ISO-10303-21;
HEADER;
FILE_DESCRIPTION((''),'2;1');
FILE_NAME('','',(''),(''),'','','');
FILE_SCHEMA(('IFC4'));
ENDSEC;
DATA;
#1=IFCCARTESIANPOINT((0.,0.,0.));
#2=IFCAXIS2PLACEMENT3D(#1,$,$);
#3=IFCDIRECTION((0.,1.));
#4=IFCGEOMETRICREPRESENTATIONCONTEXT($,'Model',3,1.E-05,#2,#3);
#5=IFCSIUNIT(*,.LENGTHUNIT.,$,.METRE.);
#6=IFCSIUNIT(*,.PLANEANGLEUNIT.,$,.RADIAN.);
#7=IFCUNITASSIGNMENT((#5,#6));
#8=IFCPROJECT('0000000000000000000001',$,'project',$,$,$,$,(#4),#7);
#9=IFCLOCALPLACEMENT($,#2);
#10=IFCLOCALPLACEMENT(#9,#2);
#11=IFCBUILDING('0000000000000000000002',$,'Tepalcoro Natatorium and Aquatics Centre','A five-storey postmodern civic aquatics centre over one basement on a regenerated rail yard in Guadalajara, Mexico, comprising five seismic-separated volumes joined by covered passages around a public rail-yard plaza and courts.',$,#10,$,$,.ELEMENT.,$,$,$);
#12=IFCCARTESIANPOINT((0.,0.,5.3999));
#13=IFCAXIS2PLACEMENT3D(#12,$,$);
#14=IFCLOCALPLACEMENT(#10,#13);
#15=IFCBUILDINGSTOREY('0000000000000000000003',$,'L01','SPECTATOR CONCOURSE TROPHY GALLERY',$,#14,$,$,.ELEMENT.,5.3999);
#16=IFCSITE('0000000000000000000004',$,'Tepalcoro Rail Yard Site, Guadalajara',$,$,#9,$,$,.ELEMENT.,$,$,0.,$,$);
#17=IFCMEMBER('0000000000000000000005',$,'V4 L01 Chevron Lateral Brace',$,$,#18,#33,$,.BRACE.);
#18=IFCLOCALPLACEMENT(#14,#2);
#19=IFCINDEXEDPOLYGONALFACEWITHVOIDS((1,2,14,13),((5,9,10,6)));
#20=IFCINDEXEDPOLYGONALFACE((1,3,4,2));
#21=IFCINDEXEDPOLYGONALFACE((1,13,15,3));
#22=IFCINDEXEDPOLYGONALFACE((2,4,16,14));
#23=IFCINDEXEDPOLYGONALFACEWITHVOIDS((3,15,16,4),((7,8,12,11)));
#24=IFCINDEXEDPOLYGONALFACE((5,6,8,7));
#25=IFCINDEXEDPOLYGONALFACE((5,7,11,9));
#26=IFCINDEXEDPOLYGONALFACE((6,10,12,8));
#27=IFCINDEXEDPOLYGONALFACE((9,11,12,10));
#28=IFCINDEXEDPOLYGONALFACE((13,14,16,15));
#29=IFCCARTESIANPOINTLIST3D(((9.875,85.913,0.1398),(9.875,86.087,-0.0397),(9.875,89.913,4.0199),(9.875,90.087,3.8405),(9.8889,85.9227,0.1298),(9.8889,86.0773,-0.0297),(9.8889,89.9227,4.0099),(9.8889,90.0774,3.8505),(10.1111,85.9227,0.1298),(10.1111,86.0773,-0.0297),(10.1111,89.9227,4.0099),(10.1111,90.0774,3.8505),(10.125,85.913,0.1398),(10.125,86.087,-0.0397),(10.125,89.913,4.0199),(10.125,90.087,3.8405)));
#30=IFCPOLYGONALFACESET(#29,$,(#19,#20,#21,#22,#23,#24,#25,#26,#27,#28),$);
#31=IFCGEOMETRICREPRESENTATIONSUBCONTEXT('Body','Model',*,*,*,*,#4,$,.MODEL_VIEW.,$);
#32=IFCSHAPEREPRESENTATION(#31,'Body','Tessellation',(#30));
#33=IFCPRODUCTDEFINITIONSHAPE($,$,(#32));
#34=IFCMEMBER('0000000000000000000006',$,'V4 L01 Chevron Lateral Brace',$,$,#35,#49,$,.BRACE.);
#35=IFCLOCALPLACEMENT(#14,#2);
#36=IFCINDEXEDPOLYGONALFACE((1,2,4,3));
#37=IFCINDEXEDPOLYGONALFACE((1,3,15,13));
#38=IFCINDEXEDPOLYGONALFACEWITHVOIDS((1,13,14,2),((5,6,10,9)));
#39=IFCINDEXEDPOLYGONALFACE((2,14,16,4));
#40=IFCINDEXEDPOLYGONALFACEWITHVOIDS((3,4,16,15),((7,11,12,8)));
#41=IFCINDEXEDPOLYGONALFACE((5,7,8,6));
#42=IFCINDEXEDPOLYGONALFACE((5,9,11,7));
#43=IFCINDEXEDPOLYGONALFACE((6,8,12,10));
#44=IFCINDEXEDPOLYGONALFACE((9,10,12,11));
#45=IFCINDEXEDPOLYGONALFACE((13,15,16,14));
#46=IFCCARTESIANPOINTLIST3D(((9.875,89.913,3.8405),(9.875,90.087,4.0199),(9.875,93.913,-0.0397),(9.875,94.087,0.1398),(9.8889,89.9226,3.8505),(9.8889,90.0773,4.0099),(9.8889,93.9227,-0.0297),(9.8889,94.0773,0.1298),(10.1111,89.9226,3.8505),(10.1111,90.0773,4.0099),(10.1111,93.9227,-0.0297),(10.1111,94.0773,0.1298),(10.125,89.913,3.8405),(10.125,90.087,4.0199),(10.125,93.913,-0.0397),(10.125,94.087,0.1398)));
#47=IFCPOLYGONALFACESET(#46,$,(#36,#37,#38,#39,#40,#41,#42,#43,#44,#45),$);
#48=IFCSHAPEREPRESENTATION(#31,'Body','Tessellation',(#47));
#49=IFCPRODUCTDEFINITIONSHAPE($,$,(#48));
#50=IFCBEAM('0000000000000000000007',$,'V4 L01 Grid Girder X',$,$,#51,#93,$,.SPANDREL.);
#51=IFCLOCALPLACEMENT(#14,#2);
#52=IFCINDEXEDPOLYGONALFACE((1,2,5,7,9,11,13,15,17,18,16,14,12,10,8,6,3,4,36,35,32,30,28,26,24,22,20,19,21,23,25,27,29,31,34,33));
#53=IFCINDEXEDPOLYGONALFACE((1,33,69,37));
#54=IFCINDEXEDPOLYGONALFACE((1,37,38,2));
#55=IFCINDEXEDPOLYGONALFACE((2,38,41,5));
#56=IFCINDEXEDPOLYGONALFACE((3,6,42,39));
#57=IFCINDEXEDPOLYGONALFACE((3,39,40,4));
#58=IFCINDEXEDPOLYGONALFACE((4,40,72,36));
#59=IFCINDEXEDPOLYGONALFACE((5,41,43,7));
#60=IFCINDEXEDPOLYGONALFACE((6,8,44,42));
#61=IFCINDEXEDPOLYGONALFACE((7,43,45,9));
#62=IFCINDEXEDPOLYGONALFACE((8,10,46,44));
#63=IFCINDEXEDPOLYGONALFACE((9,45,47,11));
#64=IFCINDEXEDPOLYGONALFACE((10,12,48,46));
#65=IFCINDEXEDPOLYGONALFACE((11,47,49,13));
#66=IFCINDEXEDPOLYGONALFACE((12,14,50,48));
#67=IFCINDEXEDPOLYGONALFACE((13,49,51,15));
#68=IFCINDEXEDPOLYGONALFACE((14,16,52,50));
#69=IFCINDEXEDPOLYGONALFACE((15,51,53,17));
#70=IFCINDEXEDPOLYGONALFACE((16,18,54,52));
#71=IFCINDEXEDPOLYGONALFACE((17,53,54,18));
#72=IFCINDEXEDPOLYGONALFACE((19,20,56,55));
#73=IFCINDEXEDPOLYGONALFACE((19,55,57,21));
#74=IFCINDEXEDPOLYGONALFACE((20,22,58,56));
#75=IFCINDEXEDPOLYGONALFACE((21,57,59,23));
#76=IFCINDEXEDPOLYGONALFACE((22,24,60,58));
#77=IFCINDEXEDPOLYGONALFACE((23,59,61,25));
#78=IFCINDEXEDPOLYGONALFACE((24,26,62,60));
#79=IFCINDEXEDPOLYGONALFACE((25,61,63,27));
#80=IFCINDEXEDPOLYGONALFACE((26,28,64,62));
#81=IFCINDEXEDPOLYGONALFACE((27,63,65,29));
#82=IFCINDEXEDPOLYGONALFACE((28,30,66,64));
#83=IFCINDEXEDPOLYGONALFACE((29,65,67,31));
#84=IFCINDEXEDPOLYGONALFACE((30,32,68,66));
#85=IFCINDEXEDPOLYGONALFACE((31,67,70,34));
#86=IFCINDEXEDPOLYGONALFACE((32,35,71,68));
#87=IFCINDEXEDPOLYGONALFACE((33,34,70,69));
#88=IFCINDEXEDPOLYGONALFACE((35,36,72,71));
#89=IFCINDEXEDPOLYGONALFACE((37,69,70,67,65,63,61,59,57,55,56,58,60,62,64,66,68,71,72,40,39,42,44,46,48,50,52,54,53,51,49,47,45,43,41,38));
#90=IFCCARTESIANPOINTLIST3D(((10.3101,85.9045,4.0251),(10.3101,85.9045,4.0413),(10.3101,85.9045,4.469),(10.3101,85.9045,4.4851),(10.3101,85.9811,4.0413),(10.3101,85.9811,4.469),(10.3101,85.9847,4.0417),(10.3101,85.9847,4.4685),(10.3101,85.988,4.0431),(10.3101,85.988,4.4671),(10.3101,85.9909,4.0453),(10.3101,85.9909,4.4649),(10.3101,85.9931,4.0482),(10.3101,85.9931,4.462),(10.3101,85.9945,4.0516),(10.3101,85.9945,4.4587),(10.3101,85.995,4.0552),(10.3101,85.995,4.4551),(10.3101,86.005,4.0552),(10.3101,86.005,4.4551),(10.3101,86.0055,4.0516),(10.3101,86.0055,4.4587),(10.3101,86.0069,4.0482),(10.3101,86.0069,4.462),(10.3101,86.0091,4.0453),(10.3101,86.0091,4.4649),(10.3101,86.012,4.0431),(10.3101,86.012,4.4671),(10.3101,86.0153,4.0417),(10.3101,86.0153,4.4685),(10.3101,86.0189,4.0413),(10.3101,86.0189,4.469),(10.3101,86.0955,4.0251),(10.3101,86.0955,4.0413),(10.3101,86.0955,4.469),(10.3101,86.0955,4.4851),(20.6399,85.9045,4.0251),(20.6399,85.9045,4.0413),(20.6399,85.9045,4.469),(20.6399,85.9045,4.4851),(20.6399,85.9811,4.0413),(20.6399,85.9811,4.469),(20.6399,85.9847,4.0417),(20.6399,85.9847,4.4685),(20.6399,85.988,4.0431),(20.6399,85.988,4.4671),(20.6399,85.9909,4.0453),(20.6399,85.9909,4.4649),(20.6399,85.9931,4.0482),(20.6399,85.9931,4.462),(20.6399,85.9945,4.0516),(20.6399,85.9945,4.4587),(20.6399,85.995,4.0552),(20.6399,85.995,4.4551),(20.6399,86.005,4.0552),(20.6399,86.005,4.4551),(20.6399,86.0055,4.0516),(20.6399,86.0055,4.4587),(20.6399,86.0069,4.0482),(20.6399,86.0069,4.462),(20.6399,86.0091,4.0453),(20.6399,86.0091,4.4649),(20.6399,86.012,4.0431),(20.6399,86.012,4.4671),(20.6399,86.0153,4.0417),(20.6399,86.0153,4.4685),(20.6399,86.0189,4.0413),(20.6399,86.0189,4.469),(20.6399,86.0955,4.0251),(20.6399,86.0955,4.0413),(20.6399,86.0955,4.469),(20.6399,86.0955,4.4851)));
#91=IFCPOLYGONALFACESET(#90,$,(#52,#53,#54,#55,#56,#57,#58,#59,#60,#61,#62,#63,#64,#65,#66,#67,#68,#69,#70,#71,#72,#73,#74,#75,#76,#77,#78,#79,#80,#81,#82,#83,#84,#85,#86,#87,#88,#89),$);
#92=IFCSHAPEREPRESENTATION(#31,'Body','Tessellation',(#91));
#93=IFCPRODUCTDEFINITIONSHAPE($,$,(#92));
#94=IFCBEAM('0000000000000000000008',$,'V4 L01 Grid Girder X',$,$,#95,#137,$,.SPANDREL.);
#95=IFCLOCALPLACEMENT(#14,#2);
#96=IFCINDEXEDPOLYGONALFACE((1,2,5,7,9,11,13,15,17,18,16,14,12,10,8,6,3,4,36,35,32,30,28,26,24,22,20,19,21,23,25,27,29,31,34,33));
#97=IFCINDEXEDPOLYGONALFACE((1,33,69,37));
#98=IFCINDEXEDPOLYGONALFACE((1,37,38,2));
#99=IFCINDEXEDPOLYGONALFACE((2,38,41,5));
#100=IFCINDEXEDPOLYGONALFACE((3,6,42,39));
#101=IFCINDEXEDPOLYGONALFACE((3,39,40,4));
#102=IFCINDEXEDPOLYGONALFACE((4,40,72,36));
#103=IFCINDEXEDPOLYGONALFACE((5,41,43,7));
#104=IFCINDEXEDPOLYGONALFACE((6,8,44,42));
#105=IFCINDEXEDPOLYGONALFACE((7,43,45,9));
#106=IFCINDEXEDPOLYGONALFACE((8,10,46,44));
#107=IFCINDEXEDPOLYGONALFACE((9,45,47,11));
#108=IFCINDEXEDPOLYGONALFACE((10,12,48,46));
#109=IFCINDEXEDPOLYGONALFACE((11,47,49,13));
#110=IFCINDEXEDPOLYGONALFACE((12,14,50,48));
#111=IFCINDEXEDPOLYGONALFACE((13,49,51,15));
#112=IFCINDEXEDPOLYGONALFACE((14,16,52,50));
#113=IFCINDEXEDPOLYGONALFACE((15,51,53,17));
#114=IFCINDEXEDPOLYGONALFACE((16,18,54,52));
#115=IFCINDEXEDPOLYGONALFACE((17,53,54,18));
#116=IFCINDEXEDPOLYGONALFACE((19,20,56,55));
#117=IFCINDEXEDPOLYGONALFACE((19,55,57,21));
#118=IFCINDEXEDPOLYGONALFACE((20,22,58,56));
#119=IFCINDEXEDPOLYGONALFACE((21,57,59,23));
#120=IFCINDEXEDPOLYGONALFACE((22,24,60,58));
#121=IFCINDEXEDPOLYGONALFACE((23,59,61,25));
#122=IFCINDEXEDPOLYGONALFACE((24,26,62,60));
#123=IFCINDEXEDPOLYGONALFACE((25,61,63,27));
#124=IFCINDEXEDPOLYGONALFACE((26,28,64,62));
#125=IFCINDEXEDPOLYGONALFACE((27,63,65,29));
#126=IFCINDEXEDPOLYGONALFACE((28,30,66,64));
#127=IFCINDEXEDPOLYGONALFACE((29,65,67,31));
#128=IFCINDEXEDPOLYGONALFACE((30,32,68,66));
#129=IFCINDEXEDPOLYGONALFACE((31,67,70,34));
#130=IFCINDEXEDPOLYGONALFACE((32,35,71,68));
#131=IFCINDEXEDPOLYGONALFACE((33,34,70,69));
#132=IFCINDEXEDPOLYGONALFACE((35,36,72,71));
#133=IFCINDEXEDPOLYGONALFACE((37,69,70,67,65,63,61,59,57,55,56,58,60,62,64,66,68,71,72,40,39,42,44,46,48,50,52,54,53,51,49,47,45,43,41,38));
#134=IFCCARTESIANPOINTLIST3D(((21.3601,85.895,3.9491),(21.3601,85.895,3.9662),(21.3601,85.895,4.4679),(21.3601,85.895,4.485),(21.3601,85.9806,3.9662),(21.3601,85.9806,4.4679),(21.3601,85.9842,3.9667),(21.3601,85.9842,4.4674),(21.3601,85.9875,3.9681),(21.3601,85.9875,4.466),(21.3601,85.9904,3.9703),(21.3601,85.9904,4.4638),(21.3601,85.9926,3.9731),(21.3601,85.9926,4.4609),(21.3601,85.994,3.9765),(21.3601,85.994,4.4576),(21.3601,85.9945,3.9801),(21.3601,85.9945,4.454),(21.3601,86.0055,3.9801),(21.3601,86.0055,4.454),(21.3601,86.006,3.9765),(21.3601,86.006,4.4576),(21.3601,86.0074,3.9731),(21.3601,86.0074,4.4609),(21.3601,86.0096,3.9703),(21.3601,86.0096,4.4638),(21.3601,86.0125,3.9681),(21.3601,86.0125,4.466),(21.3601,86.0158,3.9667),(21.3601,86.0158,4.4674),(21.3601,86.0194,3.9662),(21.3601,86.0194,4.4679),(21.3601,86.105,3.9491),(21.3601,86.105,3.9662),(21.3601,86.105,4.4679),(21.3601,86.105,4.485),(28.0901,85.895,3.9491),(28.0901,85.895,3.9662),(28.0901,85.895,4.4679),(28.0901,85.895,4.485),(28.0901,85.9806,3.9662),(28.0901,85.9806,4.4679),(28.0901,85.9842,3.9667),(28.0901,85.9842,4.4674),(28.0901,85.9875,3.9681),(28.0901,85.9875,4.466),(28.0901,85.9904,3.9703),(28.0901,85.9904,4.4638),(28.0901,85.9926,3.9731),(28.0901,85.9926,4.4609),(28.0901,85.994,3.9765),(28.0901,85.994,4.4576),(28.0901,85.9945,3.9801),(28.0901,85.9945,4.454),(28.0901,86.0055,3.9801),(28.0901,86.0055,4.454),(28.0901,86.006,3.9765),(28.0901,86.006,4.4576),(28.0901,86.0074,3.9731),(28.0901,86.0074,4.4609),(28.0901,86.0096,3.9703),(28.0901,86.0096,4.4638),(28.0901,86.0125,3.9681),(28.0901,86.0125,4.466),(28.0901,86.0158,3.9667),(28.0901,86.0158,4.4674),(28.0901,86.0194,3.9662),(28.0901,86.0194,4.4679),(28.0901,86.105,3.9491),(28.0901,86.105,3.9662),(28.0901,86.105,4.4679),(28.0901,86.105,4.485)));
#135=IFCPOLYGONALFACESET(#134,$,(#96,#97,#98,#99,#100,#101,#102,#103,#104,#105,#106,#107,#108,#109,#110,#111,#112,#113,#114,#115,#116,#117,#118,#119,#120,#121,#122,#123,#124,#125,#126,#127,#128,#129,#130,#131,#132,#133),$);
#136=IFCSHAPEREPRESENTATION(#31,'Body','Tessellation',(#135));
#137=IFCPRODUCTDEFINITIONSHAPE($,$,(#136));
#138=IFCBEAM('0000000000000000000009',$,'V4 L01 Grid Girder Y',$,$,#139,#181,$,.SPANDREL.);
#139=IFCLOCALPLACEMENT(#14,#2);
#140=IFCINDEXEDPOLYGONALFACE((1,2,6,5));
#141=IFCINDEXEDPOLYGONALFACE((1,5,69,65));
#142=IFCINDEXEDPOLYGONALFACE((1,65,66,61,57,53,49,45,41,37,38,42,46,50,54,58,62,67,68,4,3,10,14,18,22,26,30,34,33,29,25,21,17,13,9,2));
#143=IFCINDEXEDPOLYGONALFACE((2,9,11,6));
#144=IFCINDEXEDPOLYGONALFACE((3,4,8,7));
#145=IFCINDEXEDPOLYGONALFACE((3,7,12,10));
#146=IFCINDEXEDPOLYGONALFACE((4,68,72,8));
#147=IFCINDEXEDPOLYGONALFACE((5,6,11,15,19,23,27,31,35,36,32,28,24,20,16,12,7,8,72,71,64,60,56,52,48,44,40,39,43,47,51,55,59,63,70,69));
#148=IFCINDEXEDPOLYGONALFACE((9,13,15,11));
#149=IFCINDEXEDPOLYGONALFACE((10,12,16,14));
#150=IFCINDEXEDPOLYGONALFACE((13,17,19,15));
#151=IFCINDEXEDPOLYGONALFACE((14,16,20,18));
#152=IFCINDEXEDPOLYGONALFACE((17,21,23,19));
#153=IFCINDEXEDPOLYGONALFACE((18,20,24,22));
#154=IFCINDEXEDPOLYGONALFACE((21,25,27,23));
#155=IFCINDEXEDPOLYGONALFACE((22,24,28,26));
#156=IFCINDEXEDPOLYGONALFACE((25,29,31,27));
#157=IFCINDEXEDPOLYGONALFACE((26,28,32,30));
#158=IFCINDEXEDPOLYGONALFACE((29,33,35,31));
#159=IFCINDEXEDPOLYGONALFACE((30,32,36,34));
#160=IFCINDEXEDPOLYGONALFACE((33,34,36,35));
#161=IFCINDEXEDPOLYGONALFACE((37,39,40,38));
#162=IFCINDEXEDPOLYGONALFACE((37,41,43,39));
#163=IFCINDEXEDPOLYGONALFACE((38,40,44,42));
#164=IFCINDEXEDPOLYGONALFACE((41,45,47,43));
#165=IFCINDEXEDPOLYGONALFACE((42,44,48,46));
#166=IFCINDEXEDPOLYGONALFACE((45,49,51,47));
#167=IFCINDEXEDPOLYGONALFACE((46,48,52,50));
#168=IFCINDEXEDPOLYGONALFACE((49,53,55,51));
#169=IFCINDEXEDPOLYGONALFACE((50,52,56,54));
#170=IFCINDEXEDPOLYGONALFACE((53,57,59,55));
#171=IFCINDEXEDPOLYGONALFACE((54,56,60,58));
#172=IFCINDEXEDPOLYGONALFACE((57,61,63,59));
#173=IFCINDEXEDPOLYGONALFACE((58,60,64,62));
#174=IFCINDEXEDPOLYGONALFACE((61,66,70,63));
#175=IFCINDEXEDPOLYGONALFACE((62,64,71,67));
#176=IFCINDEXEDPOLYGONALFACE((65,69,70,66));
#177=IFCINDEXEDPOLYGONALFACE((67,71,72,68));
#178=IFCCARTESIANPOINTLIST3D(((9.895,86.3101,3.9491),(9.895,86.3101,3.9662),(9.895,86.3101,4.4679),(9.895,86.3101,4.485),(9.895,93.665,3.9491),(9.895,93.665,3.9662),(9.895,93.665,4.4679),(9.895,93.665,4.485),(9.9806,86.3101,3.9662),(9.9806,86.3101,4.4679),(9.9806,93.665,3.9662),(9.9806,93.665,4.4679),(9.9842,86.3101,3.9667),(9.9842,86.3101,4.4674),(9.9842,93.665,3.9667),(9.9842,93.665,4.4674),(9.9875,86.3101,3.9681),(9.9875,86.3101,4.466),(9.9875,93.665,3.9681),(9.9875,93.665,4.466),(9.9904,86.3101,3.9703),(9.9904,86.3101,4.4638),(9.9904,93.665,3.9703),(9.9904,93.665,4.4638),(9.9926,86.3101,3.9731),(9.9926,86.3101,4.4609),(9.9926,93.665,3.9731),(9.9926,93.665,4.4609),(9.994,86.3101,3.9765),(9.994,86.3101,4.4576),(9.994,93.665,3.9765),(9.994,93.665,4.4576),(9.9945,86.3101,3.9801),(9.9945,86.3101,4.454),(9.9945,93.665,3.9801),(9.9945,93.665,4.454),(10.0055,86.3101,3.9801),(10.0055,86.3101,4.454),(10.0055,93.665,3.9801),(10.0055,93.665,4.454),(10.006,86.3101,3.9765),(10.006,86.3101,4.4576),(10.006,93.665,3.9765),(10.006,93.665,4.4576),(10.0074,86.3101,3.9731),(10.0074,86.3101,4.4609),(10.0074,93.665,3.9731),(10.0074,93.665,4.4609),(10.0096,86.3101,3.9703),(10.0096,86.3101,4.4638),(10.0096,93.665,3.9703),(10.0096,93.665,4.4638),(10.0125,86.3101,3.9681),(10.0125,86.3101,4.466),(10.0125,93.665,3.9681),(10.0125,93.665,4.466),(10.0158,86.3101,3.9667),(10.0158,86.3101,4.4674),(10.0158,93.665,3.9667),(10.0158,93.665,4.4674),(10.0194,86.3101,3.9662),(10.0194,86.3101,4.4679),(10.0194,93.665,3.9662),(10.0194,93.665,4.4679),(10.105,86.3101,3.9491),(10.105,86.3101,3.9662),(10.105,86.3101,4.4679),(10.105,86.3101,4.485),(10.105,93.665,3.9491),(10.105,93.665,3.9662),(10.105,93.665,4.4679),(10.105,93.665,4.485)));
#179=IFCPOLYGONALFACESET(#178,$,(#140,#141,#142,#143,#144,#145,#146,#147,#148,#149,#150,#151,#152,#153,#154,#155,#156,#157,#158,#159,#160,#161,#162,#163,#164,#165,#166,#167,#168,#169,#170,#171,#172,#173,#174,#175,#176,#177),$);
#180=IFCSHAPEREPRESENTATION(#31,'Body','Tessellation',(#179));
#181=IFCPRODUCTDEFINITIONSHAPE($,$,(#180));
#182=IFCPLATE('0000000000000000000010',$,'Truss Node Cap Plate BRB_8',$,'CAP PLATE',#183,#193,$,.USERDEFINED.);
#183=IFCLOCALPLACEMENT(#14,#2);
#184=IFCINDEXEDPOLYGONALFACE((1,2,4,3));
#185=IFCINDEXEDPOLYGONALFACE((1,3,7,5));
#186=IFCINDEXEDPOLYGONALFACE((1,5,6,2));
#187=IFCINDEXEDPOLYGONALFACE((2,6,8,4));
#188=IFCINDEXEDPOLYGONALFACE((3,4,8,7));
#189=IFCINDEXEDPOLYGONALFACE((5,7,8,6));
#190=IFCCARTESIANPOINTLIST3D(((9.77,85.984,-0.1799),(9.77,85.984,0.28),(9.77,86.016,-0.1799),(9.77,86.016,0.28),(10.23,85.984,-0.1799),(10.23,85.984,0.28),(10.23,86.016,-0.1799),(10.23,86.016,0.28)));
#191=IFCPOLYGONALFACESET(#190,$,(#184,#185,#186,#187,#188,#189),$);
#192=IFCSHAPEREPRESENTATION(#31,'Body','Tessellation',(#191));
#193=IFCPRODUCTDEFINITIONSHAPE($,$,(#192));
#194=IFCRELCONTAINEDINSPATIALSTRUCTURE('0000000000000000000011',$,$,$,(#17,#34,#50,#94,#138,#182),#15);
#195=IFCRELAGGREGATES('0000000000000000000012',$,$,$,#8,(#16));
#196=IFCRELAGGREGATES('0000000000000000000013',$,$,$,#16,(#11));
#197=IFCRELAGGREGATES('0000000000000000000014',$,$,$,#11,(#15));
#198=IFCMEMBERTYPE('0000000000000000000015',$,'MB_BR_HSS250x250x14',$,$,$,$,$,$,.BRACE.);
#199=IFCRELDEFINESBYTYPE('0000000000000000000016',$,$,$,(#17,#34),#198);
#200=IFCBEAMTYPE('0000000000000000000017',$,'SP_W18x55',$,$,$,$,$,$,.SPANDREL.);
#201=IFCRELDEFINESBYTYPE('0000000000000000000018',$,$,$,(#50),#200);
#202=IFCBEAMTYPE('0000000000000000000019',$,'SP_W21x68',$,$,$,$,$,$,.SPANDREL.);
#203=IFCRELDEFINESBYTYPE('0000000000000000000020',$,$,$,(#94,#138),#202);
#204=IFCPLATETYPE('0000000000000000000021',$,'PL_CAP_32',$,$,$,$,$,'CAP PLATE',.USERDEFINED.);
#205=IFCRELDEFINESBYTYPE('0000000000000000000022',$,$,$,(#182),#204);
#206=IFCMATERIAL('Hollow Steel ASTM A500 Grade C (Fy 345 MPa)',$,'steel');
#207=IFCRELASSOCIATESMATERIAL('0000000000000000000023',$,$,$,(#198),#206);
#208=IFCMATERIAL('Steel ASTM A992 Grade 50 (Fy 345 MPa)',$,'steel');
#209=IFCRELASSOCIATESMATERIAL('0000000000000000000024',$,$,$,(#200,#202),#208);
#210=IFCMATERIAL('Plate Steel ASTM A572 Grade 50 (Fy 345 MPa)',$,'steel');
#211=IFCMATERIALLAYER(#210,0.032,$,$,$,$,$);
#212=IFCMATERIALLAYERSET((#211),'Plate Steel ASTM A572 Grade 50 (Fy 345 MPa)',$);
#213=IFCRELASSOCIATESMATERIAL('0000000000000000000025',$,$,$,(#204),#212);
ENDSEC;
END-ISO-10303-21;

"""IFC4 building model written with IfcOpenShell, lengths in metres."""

from ifc_helpers import new_model, si_unit, direction, frame, origin, origin_2d, place, context, subcontext, project, spatial, rectangle, hollow_rectangle, i_section, extrude, material, layer, layer_set, material_profile, profile_set, type_object, element, save


model = new_model("IFC4")

# Units and contexts
model_context = context("Model", 3, precision=1e-05, world=origin(), true_north=direction((0.0, 1.0)))
body_context = subcontext(model_context, "Body", "Model", "MODEL_VIEW")
ifc_project = project(units=[si_unit("LENGTHUNIT", "METRE"), si_unit("PLANEANGLEUNIT", "RADIAN")], contexts=[model_context])

# Site, building, storey
site_placement = place(None, origin())
site = spatial("IfcSite", under=ifc_project, at=site_placement, Name="Tepalcoro Rail Yard Site, Guadalajara", CompositionType="ELEMENT", RefElevation=0.0)
building_placement = place(site_placement, origin())
building = spatial("IfcBuilding", under=site, at=building_placement, Name="Tepalcoro Natatorium and Aquatics Centre", Description="A five-storey postmodern civic aquatics centre over one basement on a regenerated rail yard in Guadalajara, Mexico, comprising five seismic-separated volumes joined by covered passages around a public rail-yard plaza and courts.", CompositionType="ELEMENT")
storey_placement = place(building_placement, frame((0.0, 0.0, 5.3999)))
storey = spatial("IfcBuildingStorey", under=building, at=storey_placement, Name="L01", Description="SPECTATOR CONCOURSE TROPHY GALLERY", CompositionType="ELEMENT", Elevation=5.3999)

# Shared definitions
ifc_material_1 = material(Name="Steel ASTM A992 Grade 50 (Fy 345 MPa)", Category="steel")

# Members
ifc_material_2 = material(Name="Hollow Steel ASTM A500 Grade C (Fy 345 MPa)", Category="steel")
ifc_material_profile_1 = material_profile(ifc_material_2, hollow_rectangle(XDim=0.25, YDim=0.25, WallThickness=0.0139, at=origin_2d()), Name="HSS250X250X14")
ifc_profile_set_1 = profile_set([ifc_material_profile_1], Name="Hollow Steel ASTM A500 Grade C (Fy 345 MPa)")
member_type = type_object("IfcMemberType", Name="MB_BR_HSS250x250x14", PredefinedType="BRACE", material=ifc_profile_set_1)
for number, where, z_axis, x_axis, name in (
    (1, (10.0, 86.0, 0.05), (0.0, 0.71778, 0.69627), (-1.0, 0.0, 0.0), "V4 L01 Chevron Lateral Brace"),
    (2, (10.0, 94.0, 0.05), (0.0, -0.71778, 0.69627), (1.0, 0.0, 0.0), "V4 L01 Chevron Lateral Brace"),
):
    element("IfcMember", number, at=place(storey_placement, frame(where, z_axis=z_axis, x_axis=x_axis)), inside=storey, type_object=member_type, Name=name, PredefinedType="BRACE", context=body_context, shape_type="SweptSolid", body=[
        extrude(hollow_rectangle(XDim=0.25, YDim=0.25, WallThickness=0.0139, at=origin_2d()), origin(), (0.0, 0.0, 1.0), 5.5728),
    ])

# Beams
ifc_material_profile_2 = material_profile(ifc_material_1, i_section(OverallWidth=0.1909, OverallDepth=0.46, WebThickness=0.01, FlangeThickness=0.0161, FilletRadius=0.0139, at=origin_2d()), Name="W18X55")
ifc_profile_set_2 = profile_set([ifc_material_profile_2], Name="Steel ASTM A992 Grade 50 (Fy 345 MPa)")
beam_type_1 = type_object("IfcBeamType", Name="SP_W18x55", PredefinedType="SPANDREL", material=ifc_profile_set_2)
beam_1_placement = place(storey_placement, frame((10.3101, 86.0, 4.2551), z_axis=(1.0, 0.0, 0.0), x_axis=(0.0, 1.0, 0.0)))
element("IfcBeam", 3, at=beam_1_placement, inside=storey, type_object=beam_type_1, Name="V4 L01 Grid Girder X", PredefinedType="SPANDREL", context=body_context, shape_type="SweptSolid", body=[
    extrude(i_section(OverallWidth=0.1909, OverallDepth=0.46, WebThickness=0.01, FlangeThickness=0.0161, FilletRadius=0.0139, at=origin_2d()), origin(), (0.0, 0.0, 1.0), 10.3298),
])
ifc_material_profile_3 = material_profile(ifc_material_1, i_section(OverallWidth=0.21, OverallDepth=0.5359, WebThickness=0.011, FlangeThickness=0.0171, FilletRadius=0.0139, at=origin_2d()), Name="W21X68")
ifc_profile_set_3 = profile_set([ifc_material_profile_3], Name="Steel ASTM A992 Grade 50 (Fy 345 MPa)")
beam_type_2 = type_object("IfcBeamType", Name="SP_W21x68", PredefinedType="SPANDREL", material=ifc_profile_set_3)
beam_2_placement = place(storey_placement, frame((21.3601, 86.0, 4.217), z_axis=(1.0, 0.0, 0.0), x_axis=(0.0, 1.0, 0.0)))
element("IfcBeam", 4, at=beam_2_placement, inside=storey, type_object=beam_type_2, Name="V4 L01 Grid Girder X", PredefinedType="SPANDREL", context=body_context, shape_type="SweptSolid", body=[
    extrude(i_section(OverallWidth=0.21, OverallDepth=0.5359, WebThickness=0.011, FlangeThickness=0.0171, FilletRadius=0.0139, at=origin_2d()), origin(), (0.0, 0.0, 1.0), 6.73),
])
beam_3_placement = place(storey_placement, frame((10.0, 86.3101, 4.217), z_axis=(0.0, 1.0, 0.0), x_axis=(-1.0, 0.0, 0.0)))
element("IfcBeam", 5, at=beam_3_placement, inside=storey, type_object=beam_type_2, Name="V4 L01 Grid Girder Y", PredefinedType="SPANDREL", context=body_context, shape_type="SweptSolid", body=[
    extrude(i_section(OverallWidth=0.21, OverallDepth=0.5359, WebThickness=0.011, FlangeThickness=0.0171, FilletRadius=0.0139, at=origin_2d()), origin(), (0.0, 0.0, 1.0), 7.355),
])

# Plate
ifc_material_3 = material(Name="Plate Steel ASTM A572 Grade 50 (Fy 345 MPa)", Category="steel")
ifc_layer_1 = layer(ifc_material_3, 0.032)
ifc_layer_set_1 = layer_set([ifc_layer_1], Name="Plate Steel ASTM A572 Grade 50 (Fy 345 MPa)")
plate_type_1 = type_object("IfcPlateType", Name="PL_CAP_32", ElementType="CAP PLATE", PredefinedType="USERDEFINED", material=ifc_layer_set_1)
plate_1_placement = place(storey_placement, frame((10.0, 86.0, -0.1799), z_axis=(0.0, 0.0, 1.0), x_axis=(1.0, 0.0, 0.0)))
element("IfcPlate", 6, at=plate_1_placement, inside=storey, type_object=plate_type_1, Name="Truss Node Cap Plate BRB_8", ObjectType="CAP PLATE", PredefinedType="USERDEFINED", context=body_context, shape_type="SweptSolid", body=[
    extrude(rectangle(XDim=0.46, YDim=0.032, at=origin_2d()), origin(), (0.0, 0.0, 1.0), 0.46),
])

save(model, "model.ifc")
